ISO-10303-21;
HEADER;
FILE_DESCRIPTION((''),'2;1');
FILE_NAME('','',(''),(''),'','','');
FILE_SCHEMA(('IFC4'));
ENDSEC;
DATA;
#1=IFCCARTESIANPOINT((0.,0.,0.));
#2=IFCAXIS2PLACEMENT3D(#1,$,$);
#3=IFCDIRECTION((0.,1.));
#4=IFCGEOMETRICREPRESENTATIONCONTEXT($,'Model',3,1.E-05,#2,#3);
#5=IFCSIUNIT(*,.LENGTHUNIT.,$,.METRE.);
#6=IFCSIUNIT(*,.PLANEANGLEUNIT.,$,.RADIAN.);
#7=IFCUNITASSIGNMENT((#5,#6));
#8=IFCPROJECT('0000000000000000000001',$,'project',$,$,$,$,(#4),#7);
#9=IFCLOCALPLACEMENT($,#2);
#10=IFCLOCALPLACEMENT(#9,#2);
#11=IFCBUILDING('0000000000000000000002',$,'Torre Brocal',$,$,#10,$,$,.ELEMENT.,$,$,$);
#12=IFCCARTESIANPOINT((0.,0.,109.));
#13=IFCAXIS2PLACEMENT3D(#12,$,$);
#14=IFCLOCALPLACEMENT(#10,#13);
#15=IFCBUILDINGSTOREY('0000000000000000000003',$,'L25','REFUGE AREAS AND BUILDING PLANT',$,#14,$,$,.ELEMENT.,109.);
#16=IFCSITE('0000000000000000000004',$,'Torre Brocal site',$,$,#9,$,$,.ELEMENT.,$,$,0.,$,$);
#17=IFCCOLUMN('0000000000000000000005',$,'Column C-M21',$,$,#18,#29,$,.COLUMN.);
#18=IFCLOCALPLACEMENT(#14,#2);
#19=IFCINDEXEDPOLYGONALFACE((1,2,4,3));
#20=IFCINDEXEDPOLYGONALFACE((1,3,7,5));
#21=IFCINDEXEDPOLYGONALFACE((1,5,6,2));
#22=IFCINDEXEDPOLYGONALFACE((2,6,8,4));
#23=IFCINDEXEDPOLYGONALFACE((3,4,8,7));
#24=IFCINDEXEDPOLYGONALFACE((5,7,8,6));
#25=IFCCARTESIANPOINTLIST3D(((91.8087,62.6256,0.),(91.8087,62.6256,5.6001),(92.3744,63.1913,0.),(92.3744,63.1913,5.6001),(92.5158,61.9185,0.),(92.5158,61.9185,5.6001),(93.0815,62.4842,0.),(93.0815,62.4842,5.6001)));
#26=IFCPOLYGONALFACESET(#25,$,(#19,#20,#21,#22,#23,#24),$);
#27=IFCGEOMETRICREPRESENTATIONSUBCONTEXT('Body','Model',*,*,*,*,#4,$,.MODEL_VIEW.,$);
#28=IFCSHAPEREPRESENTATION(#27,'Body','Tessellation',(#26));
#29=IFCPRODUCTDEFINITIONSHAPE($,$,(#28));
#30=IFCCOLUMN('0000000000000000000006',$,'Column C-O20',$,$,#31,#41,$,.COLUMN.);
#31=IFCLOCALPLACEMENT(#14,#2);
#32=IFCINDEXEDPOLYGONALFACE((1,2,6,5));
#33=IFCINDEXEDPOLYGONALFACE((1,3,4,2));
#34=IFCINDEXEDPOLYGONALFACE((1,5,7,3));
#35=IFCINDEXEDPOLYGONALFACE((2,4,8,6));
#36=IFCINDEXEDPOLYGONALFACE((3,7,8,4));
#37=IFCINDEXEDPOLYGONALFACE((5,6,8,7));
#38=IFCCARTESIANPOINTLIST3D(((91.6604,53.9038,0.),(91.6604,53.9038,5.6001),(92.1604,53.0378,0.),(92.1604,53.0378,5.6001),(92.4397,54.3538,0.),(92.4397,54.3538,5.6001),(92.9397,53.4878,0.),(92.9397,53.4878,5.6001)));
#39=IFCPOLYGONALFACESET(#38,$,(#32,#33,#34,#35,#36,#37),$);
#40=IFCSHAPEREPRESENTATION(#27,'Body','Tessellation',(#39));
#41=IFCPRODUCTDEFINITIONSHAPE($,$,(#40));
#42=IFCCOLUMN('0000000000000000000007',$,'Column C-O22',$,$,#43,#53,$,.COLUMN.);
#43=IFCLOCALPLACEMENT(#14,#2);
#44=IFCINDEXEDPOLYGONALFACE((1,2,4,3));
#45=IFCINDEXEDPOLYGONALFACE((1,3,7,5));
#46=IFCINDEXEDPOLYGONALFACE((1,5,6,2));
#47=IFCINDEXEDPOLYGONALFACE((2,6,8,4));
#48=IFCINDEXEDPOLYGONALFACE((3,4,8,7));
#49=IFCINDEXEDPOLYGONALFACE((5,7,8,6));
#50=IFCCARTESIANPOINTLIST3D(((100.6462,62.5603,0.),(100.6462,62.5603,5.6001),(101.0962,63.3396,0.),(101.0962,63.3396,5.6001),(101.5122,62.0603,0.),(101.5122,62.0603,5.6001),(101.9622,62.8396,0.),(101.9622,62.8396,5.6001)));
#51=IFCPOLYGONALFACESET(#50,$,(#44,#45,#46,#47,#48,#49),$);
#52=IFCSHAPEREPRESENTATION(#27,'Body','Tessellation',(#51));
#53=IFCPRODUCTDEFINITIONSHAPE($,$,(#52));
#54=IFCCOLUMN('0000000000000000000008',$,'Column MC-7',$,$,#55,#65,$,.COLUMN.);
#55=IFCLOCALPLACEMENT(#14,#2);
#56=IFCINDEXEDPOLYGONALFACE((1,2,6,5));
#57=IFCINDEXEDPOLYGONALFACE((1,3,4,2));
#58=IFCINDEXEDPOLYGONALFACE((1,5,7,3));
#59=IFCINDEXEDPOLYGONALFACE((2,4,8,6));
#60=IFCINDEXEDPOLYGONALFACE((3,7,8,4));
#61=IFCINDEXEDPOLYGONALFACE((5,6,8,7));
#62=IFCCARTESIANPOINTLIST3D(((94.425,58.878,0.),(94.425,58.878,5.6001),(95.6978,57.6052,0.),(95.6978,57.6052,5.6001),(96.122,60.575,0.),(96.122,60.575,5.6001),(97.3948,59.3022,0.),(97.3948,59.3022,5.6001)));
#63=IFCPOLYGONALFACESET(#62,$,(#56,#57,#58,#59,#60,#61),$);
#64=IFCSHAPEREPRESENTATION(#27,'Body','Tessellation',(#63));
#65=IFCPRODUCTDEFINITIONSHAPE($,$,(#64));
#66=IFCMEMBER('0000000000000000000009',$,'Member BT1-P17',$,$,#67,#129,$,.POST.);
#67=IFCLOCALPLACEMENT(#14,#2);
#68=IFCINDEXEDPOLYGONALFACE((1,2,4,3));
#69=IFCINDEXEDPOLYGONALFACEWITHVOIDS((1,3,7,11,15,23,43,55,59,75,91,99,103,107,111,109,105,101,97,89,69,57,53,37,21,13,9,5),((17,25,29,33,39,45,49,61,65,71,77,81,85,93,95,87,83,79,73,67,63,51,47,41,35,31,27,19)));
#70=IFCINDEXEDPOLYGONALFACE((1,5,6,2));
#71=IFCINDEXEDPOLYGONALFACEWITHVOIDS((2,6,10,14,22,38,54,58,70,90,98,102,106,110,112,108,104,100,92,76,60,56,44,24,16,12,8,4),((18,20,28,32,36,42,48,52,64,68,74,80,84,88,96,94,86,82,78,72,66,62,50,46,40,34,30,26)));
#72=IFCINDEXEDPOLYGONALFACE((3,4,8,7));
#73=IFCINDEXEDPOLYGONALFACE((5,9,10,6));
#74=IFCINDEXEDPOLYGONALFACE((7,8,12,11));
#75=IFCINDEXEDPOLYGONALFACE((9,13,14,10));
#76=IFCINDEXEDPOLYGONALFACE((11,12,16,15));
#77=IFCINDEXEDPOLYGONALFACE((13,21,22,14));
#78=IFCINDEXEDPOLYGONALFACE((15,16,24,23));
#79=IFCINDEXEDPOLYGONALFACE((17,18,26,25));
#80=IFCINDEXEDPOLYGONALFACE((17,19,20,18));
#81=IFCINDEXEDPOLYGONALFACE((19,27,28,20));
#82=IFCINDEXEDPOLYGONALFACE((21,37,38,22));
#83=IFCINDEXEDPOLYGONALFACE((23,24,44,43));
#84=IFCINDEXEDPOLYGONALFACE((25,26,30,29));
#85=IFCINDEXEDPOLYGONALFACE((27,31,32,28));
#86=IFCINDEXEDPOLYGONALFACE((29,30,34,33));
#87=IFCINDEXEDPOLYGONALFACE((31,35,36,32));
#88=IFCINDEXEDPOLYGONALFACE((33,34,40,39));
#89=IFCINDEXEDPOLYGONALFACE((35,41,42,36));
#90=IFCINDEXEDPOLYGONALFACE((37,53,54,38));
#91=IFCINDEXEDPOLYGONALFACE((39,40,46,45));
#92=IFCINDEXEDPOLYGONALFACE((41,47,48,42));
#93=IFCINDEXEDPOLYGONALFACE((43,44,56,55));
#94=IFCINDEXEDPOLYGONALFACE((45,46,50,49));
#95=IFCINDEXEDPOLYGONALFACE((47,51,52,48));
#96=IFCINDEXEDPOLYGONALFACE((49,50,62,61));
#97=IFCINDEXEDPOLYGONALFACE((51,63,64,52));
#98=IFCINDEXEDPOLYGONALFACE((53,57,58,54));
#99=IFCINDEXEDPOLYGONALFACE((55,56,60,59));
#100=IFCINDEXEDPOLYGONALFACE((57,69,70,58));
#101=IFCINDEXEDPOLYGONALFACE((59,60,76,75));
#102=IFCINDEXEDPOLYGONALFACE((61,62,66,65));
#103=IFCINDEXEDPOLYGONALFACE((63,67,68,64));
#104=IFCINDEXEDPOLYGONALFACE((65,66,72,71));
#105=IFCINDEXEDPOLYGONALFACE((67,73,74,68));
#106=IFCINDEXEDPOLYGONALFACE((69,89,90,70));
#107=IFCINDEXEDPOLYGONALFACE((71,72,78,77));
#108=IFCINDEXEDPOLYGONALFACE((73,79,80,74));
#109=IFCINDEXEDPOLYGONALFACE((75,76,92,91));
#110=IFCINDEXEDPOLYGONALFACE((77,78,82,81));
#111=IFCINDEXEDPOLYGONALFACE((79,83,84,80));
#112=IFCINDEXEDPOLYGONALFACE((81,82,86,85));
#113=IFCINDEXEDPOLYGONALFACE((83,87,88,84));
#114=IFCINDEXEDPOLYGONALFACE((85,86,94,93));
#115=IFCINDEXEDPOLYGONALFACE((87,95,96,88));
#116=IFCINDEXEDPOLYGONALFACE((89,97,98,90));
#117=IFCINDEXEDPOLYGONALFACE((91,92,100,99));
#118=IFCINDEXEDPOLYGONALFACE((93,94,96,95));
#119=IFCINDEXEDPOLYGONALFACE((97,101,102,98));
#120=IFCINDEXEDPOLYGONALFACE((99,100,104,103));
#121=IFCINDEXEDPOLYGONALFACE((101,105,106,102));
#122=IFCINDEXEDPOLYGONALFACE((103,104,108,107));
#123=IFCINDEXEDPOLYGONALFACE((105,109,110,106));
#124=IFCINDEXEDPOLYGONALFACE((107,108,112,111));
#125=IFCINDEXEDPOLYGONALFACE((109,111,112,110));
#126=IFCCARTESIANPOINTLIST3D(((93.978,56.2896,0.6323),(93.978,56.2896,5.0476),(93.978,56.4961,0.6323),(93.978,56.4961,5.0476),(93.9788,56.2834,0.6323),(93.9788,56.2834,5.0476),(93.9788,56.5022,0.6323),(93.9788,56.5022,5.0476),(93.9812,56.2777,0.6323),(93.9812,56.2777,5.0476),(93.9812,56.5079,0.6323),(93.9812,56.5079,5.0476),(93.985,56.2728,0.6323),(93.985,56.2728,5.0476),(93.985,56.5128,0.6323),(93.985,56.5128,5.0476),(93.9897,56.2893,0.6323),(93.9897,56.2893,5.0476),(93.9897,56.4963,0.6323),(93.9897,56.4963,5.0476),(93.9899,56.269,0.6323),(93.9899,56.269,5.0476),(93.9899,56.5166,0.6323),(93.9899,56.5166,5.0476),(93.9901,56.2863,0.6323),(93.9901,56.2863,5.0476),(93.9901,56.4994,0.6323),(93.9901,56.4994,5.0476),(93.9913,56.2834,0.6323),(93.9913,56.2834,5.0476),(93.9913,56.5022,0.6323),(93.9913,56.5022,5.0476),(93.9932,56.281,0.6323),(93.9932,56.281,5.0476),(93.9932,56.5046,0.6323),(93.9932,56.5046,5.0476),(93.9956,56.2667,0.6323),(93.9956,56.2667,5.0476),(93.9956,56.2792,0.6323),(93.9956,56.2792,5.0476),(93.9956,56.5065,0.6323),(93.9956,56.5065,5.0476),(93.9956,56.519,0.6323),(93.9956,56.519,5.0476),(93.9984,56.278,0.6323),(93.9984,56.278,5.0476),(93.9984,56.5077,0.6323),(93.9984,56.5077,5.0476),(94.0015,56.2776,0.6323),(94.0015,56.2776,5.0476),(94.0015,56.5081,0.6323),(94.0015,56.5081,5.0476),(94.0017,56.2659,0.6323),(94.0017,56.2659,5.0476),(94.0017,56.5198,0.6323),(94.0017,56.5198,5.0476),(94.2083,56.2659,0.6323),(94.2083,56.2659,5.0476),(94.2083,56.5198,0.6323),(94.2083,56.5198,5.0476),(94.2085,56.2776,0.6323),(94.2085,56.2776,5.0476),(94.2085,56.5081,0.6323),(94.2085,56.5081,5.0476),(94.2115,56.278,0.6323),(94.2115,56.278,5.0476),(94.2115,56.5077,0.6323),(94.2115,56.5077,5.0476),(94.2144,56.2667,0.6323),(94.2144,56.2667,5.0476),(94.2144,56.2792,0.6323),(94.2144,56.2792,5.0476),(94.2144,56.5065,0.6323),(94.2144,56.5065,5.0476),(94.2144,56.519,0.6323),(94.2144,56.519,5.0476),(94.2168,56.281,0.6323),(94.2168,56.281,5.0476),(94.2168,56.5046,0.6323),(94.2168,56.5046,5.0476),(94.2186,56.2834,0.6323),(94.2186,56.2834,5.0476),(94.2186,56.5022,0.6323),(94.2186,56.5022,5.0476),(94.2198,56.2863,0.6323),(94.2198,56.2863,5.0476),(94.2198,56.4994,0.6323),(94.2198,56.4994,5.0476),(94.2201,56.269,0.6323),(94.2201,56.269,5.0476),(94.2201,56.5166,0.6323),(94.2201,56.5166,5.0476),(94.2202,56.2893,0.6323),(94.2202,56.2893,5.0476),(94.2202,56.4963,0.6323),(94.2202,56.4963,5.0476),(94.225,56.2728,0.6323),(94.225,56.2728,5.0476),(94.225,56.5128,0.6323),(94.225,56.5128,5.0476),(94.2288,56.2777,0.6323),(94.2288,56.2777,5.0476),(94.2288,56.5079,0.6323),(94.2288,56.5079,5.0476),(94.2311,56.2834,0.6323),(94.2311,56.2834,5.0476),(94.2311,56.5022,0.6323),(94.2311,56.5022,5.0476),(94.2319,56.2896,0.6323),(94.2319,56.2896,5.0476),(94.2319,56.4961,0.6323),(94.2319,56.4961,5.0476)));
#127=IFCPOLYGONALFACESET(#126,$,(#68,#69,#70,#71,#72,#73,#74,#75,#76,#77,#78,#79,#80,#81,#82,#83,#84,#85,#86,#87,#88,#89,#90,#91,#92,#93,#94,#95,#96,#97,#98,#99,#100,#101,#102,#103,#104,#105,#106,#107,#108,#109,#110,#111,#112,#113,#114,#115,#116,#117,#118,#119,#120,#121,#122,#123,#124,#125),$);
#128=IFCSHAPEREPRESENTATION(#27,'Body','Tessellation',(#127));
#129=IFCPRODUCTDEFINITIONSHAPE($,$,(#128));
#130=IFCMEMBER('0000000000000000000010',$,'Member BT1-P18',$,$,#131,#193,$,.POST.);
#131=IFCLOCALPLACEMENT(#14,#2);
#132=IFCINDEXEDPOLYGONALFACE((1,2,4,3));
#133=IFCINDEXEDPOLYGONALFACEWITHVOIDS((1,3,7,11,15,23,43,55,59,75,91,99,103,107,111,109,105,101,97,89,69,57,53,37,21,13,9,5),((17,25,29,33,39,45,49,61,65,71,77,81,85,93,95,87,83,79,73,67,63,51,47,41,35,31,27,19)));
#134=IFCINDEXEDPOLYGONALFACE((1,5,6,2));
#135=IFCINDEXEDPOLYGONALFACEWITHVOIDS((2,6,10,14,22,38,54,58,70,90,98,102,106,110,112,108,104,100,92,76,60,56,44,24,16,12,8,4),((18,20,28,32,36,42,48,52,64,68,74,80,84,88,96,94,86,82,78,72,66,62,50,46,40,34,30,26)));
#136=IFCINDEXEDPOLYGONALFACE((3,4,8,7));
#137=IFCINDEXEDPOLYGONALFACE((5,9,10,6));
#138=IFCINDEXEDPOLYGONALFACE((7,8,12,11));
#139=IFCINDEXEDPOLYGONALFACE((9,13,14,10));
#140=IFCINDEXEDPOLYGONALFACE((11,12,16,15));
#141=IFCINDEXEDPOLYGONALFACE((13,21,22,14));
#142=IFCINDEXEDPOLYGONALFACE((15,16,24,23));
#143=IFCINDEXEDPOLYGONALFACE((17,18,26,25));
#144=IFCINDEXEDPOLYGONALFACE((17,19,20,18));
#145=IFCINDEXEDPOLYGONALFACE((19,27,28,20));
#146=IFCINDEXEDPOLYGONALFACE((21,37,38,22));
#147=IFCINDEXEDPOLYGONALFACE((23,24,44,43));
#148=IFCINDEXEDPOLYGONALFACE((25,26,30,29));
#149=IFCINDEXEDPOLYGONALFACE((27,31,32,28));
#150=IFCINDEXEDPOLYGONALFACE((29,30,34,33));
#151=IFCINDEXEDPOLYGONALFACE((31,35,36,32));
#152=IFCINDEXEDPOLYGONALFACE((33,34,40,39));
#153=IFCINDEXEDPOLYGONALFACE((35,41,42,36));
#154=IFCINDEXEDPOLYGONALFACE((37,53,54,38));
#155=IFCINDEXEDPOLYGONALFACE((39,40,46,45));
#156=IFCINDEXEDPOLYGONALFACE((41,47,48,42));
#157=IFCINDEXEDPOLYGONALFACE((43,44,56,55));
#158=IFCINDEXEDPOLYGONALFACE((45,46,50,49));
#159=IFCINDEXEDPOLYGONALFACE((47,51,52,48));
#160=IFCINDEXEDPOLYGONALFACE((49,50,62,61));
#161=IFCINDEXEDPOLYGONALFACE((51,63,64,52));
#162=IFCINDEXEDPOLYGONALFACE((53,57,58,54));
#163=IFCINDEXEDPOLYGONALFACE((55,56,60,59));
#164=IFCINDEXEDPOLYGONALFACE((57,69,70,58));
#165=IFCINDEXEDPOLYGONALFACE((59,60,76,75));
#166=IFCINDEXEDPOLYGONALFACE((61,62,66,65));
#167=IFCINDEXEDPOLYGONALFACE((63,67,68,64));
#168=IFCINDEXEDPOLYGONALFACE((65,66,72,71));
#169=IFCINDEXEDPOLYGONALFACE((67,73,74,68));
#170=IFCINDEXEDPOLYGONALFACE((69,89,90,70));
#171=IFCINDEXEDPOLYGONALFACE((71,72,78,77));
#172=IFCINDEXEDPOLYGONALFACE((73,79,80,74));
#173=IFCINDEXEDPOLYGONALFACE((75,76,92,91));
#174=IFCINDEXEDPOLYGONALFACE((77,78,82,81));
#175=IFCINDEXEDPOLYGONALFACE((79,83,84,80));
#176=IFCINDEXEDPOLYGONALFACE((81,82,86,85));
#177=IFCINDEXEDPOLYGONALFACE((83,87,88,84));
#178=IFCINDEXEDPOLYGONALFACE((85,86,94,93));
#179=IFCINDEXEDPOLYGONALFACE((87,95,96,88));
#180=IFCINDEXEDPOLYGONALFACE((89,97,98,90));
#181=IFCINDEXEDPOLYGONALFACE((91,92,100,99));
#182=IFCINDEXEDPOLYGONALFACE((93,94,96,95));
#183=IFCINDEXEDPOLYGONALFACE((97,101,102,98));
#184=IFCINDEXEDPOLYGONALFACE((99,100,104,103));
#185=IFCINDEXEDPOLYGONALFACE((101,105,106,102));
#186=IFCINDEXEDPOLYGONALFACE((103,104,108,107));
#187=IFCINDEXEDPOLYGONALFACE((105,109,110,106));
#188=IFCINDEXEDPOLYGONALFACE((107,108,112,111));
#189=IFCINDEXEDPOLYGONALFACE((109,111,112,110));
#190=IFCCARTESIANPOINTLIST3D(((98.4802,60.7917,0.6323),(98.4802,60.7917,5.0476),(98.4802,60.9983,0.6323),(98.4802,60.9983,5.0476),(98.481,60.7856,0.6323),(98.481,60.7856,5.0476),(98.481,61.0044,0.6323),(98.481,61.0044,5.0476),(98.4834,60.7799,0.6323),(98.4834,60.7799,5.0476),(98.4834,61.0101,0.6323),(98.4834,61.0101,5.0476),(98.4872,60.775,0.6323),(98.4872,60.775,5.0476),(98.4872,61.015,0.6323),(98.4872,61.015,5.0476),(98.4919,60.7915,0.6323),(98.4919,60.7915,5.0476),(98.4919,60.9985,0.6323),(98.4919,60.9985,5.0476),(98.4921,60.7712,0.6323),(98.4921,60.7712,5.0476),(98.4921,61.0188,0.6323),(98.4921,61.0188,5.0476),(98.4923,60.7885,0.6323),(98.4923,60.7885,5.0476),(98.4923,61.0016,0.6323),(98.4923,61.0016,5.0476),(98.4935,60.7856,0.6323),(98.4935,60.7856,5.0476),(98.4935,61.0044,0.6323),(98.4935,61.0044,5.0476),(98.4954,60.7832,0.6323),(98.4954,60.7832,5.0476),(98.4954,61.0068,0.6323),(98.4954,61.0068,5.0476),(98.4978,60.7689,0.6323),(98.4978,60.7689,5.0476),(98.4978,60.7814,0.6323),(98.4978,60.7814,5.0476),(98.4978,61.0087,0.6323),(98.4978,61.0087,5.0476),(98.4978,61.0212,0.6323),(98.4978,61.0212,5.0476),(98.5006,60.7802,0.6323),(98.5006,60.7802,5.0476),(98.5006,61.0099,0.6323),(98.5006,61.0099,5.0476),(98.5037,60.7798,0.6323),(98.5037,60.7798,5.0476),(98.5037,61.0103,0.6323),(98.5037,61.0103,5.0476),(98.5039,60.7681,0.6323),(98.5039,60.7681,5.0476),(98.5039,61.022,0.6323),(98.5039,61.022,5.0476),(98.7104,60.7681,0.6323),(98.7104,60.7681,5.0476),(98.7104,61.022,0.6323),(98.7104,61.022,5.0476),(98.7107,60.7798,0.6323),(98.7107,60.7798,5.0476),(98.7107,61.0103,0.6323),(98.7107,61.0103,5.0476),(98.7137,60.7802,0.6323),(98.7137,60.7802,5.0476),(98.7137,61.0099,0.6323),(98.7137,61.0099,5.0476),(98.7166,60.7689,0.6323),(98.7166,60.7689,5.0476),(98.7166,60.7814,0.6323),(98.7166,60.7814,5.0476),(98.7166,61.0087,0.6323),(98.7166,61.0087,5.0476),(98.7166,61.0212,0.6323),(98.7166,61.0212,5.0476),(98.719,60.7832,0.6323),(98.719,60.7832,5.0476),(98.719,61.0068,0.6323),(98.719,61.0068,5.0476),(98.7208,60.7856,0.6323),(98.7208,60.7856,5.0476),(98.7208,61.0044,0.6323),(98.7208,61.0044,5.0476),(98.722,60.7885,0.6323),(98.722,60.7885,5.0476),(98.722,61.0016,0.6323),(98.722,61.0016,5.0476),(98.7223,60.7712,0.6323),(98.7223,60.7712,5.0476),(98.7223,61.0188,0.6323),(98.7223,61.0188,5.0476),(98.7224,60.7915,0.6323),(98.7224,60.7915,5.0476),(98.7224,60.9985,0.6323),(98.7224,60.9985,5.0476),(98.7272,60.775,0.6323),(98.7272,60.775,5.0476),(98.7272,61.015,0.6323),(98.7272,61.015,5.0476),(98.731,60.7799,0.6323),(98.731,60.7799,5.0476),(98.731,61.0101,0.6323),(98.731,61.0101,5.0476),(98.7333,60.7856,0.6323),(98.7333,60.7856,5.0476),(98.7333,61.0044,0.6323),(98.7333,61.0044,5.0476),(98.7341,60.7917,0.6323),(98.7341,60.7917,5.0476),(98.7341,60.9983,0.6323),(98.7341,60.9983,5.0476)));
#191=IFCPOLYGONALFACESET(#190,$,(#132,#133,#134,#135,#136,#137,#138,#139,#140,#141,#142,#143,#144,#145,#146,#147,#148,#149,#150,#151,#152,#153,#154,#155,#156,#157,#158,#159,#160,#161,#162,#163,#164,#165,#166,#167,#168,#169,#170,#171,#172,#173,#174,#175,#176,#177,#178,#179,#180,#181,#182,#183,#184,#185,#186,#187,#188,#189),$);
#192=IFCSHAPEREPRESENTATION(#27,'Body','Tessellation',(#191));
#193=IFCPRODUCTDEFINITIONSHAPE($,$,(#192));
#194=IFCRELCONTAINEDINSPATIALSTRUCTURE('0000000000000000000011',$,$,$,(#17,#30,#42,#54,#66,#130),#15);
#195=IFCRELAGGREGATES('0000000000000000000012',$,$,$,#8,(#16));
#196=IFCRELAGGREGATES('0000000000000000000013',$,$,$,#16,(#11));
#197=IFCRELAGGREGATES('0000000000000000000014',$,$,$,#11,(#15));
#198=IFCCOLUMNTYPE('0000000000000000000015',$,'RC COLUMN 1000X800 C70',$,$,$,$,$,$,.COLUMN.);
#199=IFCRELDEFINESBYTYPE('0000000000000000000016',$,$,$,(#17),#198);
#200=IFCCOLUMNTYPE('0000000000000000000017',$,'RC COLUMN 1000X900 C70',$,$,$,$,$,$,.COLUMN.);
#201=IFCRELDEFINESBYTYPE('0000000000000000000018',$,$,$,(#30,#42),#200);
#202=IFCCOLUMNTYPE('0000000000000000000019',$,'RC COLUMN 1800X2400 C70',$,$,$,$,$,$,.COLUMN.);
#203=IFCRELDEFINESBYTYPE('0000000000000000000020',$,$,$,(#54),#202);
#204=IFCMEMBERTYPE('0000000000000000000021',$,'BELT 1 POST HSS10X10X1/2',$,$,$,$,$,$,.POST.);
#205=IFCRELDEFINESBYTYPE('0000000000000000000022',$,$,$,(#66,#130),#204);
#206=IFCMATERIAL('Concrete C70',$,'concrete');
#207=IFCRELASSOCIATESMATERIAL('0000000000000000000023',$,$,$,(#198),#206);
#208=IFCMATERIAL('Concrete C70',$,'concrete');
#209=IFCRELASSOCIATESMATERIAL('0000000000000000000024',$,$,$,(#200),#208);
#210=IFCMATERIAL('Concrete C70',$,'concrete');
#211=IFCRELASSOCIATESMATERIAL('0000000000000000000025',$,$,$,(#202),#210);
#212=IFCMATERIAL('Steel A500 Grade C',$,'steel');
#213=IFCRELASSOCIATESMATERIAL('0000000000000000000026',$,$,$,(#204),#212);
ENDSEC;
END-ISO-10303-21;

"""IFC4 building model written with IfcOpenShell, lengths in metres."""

from ifc_helpers import new_model, si_unit, direction, frame, origin, origin_2d, place, context, subcontext, project, spatial, rectangle, hollow_rectangle, extrude, material, material_profile, profile_set, type_object, element, save


model = new_model("IFC4")

# Units and contexts
model_context = context("Model", 3, precision=1e-05, world=origin(), true_north=direction((0.0, 1.0)))
body_context = subcontext(model_context, "Body", "Model", "MODEL_VIEW")
ifc_project = project(units=[si_unit("LENGTHUNIT", "METRE"), si_unit("PLANEANGLEUNIT", "RADIAN")], contexts=[model_context])

# Site, building, storey
site_placement = place(None, origin())
site = spatial("IfcSite", under=ifc_project, at=site_placement, Name="Torre Brocal site", CompositionType="ELEMENT", RefElevation=0.0)
building_placement = place(site_placement, origin())
building = spatial("IfcBuilding", under=site, at=building_placement, Name="Torre Brocal", CompositionType="ELEMENT")
storey_placement = place(building_placement, frame((0.0, 0.0, 109.0)))
storey = spatial("IfcBuildingStorey", under=building, at=storey_placement, Name="L25", Description="REFUGE AREAS AND BUILDING PLANT", CompositionType="ELEMENT", Elevation=109.0)

# Columns
ifc_material_1 = material(Name="Concrete C70", Category="concrete")
ifc_material_profile_1 = material_profile(ifc_material_1, rectangle(XDim=1.0, YDim=0.8, at=origin_2d()), Name="RC 1000X800")
ifc_profile_set_1 = profile_set([ifc_material_profile_1], Name="Concrete C70")
column_type_1 = type_object("IfcColumnType", Name="RC COLUMN 1000X800 C70", PredefinedType="COLUMN", material=ifc_profile_set_1)
column_1_placement = place(storey_placement, frame((92.4451, 62.5549, 0.0), z_axis=(0.0, 0.0, 1.0), x_axis=(0.707107, -0.707107, 0.0)))
element("IfcColumn", 1, at=column_1_placement, inside=storey, type_object=column_type_1, Name="Column C-M21", PredefinedType="COLUMN", context=body_context, shape_type="SweptSolid", body=[
    extrude(rectangle(XDim=1.0, YDim=0.8, at=origin_2d()), origin(), (0.0, 0.0, 1.0), 5.6001),
])
ifc_material_2 = material(Name="Concrete C70", Category="concrete")
ifc_material_profile_2 = material_profile(ifc_material_2, rectangle(XDim=1.0, YDim=0.8999, at=origin_2d()), Name="RC 1000X900")
ifc_profile_set_2 = profile_set([ifc_material_profile_2], Name="Concrete C70")
column_type_2 = type_object("IfcColumnType", Name="RC COLUMN 1000X900 C70", PredefinedType="COLUMN", material=ifc_profile_set_2)
for number, where, z_axis, x_axis, name in (
    (2, (92.3, 53.6958, 0.0), (0.0, 0.0, 1.0), (0.5, -0.866025, 0.0), "Column C-O20"),
    (3, (101.3042, 62.7, 0.0), (0.0, 0.0, 1.0), (0.866025, -0.5, 0.0), "Column C-O22"),
):
    element("IfcColumn", number, at=place(storey_placement, frame(where, z_axis=z_axis, x_axis=x_axis)), inside=storey, type_object=column_type_2, Name=name, PredefinedType="COLUMN", context=body_context, shape_type="SweptSolid", body=[
        extrude(rectangle(XDim=1.0, YDim=0.8999, at=origin_2d()), origin(), (0.0, 0.0, 1.0), 5.6001),
    ])
ifc_material_3 = material(Name="Concrete C70", Category="concrete")
ifc_material_profile_3 = material_profile(ifc_material_3, rectangle(XDim=1.8, YDim=2.3999, at=origin_2d()), Name="RC 1800X2400")
ifc_profile_set_3 = profile_set([ifc_material_profile_3], Name="Concrete C70")
column_type_3 = type_object("IfcColumnType", Name="RC COLUMN 1800X2400 C70", PredefinedType="COLUMN", material=ifc_profile_set_3)
column_2_placement = place(storey_placement, frame((95.9099, 59.0901, 0.0), z_axis=(0.0, 0.0, 1.0), x_axis=(0.707107, -0.707107, 0.0)))
element("IfcColumn", 4, at=column_2_placement, inside=storey, type_object=column_type_3, Name="Column MC-7", PredefinedType="COLUMN", context=body_context, shape_type="SweptSolid", body=[
    extrude(rectangle(XDim=1.8, YDim=2.3999, at=origin_2d()), origin(), (0.0, 0.0, 1.0), 5.6001),
])

# Members
ifc_material_4 = material(Name="Steel A500 Grade C", Category="steel")
ifc_material_profile_4 = material_profile(ifc_material_4, hollow_rectangle(XDim=0.2539, YDim=0.2539, WallThickness=0.0117, InnerFilletRadius=0.0117, OuterFilletRadius=0.0237, at=origin_2d()), Name="HSS10X10X1/2")
ifc_profile_set_4 = profile_set([ifc_material_profile_4], Name="Steel A500 Grade C")
member_type_1 = type_object("IfcMemberType", Name="BELT 1 POST HSS10X10X1/2", PredefinedType="POST", material=ifc_profile_set_4)
for number, where, z_axis, x_axis, name in (
    (5, (94.105, 56.3928, 0.6323), (0.0, 0.0, 1.0), (1.0, 0.0, 0.0), "Member BT1-P17"),
    (6, (98.6072, 60.895, 0.6323), (0.0, 0.0, 1.0), (1.0, 0.0, 0.0), "Member BT1-P18"),
):
    element("IfcMember", number, at=place(storey_placement, frame(where, z_axis=z_axis, x_axis=x_axis)), inside=storey, type_object=member_type_1, Name=name, PredefinedType="POST", context=body_context, shape_type="SweptSolid", body=[
        extrude(hollow_rectangle(XDim=0.2539, YDim=0.2539, WallThickness=0.0117, InnerFilletRadius=0.0117, OuterFilletRadius=0.0237, at=origin_2d()), origin(), (0.0, 0.0, 1.0), 4.4153),
    ])

save(model, "model.ifc")
